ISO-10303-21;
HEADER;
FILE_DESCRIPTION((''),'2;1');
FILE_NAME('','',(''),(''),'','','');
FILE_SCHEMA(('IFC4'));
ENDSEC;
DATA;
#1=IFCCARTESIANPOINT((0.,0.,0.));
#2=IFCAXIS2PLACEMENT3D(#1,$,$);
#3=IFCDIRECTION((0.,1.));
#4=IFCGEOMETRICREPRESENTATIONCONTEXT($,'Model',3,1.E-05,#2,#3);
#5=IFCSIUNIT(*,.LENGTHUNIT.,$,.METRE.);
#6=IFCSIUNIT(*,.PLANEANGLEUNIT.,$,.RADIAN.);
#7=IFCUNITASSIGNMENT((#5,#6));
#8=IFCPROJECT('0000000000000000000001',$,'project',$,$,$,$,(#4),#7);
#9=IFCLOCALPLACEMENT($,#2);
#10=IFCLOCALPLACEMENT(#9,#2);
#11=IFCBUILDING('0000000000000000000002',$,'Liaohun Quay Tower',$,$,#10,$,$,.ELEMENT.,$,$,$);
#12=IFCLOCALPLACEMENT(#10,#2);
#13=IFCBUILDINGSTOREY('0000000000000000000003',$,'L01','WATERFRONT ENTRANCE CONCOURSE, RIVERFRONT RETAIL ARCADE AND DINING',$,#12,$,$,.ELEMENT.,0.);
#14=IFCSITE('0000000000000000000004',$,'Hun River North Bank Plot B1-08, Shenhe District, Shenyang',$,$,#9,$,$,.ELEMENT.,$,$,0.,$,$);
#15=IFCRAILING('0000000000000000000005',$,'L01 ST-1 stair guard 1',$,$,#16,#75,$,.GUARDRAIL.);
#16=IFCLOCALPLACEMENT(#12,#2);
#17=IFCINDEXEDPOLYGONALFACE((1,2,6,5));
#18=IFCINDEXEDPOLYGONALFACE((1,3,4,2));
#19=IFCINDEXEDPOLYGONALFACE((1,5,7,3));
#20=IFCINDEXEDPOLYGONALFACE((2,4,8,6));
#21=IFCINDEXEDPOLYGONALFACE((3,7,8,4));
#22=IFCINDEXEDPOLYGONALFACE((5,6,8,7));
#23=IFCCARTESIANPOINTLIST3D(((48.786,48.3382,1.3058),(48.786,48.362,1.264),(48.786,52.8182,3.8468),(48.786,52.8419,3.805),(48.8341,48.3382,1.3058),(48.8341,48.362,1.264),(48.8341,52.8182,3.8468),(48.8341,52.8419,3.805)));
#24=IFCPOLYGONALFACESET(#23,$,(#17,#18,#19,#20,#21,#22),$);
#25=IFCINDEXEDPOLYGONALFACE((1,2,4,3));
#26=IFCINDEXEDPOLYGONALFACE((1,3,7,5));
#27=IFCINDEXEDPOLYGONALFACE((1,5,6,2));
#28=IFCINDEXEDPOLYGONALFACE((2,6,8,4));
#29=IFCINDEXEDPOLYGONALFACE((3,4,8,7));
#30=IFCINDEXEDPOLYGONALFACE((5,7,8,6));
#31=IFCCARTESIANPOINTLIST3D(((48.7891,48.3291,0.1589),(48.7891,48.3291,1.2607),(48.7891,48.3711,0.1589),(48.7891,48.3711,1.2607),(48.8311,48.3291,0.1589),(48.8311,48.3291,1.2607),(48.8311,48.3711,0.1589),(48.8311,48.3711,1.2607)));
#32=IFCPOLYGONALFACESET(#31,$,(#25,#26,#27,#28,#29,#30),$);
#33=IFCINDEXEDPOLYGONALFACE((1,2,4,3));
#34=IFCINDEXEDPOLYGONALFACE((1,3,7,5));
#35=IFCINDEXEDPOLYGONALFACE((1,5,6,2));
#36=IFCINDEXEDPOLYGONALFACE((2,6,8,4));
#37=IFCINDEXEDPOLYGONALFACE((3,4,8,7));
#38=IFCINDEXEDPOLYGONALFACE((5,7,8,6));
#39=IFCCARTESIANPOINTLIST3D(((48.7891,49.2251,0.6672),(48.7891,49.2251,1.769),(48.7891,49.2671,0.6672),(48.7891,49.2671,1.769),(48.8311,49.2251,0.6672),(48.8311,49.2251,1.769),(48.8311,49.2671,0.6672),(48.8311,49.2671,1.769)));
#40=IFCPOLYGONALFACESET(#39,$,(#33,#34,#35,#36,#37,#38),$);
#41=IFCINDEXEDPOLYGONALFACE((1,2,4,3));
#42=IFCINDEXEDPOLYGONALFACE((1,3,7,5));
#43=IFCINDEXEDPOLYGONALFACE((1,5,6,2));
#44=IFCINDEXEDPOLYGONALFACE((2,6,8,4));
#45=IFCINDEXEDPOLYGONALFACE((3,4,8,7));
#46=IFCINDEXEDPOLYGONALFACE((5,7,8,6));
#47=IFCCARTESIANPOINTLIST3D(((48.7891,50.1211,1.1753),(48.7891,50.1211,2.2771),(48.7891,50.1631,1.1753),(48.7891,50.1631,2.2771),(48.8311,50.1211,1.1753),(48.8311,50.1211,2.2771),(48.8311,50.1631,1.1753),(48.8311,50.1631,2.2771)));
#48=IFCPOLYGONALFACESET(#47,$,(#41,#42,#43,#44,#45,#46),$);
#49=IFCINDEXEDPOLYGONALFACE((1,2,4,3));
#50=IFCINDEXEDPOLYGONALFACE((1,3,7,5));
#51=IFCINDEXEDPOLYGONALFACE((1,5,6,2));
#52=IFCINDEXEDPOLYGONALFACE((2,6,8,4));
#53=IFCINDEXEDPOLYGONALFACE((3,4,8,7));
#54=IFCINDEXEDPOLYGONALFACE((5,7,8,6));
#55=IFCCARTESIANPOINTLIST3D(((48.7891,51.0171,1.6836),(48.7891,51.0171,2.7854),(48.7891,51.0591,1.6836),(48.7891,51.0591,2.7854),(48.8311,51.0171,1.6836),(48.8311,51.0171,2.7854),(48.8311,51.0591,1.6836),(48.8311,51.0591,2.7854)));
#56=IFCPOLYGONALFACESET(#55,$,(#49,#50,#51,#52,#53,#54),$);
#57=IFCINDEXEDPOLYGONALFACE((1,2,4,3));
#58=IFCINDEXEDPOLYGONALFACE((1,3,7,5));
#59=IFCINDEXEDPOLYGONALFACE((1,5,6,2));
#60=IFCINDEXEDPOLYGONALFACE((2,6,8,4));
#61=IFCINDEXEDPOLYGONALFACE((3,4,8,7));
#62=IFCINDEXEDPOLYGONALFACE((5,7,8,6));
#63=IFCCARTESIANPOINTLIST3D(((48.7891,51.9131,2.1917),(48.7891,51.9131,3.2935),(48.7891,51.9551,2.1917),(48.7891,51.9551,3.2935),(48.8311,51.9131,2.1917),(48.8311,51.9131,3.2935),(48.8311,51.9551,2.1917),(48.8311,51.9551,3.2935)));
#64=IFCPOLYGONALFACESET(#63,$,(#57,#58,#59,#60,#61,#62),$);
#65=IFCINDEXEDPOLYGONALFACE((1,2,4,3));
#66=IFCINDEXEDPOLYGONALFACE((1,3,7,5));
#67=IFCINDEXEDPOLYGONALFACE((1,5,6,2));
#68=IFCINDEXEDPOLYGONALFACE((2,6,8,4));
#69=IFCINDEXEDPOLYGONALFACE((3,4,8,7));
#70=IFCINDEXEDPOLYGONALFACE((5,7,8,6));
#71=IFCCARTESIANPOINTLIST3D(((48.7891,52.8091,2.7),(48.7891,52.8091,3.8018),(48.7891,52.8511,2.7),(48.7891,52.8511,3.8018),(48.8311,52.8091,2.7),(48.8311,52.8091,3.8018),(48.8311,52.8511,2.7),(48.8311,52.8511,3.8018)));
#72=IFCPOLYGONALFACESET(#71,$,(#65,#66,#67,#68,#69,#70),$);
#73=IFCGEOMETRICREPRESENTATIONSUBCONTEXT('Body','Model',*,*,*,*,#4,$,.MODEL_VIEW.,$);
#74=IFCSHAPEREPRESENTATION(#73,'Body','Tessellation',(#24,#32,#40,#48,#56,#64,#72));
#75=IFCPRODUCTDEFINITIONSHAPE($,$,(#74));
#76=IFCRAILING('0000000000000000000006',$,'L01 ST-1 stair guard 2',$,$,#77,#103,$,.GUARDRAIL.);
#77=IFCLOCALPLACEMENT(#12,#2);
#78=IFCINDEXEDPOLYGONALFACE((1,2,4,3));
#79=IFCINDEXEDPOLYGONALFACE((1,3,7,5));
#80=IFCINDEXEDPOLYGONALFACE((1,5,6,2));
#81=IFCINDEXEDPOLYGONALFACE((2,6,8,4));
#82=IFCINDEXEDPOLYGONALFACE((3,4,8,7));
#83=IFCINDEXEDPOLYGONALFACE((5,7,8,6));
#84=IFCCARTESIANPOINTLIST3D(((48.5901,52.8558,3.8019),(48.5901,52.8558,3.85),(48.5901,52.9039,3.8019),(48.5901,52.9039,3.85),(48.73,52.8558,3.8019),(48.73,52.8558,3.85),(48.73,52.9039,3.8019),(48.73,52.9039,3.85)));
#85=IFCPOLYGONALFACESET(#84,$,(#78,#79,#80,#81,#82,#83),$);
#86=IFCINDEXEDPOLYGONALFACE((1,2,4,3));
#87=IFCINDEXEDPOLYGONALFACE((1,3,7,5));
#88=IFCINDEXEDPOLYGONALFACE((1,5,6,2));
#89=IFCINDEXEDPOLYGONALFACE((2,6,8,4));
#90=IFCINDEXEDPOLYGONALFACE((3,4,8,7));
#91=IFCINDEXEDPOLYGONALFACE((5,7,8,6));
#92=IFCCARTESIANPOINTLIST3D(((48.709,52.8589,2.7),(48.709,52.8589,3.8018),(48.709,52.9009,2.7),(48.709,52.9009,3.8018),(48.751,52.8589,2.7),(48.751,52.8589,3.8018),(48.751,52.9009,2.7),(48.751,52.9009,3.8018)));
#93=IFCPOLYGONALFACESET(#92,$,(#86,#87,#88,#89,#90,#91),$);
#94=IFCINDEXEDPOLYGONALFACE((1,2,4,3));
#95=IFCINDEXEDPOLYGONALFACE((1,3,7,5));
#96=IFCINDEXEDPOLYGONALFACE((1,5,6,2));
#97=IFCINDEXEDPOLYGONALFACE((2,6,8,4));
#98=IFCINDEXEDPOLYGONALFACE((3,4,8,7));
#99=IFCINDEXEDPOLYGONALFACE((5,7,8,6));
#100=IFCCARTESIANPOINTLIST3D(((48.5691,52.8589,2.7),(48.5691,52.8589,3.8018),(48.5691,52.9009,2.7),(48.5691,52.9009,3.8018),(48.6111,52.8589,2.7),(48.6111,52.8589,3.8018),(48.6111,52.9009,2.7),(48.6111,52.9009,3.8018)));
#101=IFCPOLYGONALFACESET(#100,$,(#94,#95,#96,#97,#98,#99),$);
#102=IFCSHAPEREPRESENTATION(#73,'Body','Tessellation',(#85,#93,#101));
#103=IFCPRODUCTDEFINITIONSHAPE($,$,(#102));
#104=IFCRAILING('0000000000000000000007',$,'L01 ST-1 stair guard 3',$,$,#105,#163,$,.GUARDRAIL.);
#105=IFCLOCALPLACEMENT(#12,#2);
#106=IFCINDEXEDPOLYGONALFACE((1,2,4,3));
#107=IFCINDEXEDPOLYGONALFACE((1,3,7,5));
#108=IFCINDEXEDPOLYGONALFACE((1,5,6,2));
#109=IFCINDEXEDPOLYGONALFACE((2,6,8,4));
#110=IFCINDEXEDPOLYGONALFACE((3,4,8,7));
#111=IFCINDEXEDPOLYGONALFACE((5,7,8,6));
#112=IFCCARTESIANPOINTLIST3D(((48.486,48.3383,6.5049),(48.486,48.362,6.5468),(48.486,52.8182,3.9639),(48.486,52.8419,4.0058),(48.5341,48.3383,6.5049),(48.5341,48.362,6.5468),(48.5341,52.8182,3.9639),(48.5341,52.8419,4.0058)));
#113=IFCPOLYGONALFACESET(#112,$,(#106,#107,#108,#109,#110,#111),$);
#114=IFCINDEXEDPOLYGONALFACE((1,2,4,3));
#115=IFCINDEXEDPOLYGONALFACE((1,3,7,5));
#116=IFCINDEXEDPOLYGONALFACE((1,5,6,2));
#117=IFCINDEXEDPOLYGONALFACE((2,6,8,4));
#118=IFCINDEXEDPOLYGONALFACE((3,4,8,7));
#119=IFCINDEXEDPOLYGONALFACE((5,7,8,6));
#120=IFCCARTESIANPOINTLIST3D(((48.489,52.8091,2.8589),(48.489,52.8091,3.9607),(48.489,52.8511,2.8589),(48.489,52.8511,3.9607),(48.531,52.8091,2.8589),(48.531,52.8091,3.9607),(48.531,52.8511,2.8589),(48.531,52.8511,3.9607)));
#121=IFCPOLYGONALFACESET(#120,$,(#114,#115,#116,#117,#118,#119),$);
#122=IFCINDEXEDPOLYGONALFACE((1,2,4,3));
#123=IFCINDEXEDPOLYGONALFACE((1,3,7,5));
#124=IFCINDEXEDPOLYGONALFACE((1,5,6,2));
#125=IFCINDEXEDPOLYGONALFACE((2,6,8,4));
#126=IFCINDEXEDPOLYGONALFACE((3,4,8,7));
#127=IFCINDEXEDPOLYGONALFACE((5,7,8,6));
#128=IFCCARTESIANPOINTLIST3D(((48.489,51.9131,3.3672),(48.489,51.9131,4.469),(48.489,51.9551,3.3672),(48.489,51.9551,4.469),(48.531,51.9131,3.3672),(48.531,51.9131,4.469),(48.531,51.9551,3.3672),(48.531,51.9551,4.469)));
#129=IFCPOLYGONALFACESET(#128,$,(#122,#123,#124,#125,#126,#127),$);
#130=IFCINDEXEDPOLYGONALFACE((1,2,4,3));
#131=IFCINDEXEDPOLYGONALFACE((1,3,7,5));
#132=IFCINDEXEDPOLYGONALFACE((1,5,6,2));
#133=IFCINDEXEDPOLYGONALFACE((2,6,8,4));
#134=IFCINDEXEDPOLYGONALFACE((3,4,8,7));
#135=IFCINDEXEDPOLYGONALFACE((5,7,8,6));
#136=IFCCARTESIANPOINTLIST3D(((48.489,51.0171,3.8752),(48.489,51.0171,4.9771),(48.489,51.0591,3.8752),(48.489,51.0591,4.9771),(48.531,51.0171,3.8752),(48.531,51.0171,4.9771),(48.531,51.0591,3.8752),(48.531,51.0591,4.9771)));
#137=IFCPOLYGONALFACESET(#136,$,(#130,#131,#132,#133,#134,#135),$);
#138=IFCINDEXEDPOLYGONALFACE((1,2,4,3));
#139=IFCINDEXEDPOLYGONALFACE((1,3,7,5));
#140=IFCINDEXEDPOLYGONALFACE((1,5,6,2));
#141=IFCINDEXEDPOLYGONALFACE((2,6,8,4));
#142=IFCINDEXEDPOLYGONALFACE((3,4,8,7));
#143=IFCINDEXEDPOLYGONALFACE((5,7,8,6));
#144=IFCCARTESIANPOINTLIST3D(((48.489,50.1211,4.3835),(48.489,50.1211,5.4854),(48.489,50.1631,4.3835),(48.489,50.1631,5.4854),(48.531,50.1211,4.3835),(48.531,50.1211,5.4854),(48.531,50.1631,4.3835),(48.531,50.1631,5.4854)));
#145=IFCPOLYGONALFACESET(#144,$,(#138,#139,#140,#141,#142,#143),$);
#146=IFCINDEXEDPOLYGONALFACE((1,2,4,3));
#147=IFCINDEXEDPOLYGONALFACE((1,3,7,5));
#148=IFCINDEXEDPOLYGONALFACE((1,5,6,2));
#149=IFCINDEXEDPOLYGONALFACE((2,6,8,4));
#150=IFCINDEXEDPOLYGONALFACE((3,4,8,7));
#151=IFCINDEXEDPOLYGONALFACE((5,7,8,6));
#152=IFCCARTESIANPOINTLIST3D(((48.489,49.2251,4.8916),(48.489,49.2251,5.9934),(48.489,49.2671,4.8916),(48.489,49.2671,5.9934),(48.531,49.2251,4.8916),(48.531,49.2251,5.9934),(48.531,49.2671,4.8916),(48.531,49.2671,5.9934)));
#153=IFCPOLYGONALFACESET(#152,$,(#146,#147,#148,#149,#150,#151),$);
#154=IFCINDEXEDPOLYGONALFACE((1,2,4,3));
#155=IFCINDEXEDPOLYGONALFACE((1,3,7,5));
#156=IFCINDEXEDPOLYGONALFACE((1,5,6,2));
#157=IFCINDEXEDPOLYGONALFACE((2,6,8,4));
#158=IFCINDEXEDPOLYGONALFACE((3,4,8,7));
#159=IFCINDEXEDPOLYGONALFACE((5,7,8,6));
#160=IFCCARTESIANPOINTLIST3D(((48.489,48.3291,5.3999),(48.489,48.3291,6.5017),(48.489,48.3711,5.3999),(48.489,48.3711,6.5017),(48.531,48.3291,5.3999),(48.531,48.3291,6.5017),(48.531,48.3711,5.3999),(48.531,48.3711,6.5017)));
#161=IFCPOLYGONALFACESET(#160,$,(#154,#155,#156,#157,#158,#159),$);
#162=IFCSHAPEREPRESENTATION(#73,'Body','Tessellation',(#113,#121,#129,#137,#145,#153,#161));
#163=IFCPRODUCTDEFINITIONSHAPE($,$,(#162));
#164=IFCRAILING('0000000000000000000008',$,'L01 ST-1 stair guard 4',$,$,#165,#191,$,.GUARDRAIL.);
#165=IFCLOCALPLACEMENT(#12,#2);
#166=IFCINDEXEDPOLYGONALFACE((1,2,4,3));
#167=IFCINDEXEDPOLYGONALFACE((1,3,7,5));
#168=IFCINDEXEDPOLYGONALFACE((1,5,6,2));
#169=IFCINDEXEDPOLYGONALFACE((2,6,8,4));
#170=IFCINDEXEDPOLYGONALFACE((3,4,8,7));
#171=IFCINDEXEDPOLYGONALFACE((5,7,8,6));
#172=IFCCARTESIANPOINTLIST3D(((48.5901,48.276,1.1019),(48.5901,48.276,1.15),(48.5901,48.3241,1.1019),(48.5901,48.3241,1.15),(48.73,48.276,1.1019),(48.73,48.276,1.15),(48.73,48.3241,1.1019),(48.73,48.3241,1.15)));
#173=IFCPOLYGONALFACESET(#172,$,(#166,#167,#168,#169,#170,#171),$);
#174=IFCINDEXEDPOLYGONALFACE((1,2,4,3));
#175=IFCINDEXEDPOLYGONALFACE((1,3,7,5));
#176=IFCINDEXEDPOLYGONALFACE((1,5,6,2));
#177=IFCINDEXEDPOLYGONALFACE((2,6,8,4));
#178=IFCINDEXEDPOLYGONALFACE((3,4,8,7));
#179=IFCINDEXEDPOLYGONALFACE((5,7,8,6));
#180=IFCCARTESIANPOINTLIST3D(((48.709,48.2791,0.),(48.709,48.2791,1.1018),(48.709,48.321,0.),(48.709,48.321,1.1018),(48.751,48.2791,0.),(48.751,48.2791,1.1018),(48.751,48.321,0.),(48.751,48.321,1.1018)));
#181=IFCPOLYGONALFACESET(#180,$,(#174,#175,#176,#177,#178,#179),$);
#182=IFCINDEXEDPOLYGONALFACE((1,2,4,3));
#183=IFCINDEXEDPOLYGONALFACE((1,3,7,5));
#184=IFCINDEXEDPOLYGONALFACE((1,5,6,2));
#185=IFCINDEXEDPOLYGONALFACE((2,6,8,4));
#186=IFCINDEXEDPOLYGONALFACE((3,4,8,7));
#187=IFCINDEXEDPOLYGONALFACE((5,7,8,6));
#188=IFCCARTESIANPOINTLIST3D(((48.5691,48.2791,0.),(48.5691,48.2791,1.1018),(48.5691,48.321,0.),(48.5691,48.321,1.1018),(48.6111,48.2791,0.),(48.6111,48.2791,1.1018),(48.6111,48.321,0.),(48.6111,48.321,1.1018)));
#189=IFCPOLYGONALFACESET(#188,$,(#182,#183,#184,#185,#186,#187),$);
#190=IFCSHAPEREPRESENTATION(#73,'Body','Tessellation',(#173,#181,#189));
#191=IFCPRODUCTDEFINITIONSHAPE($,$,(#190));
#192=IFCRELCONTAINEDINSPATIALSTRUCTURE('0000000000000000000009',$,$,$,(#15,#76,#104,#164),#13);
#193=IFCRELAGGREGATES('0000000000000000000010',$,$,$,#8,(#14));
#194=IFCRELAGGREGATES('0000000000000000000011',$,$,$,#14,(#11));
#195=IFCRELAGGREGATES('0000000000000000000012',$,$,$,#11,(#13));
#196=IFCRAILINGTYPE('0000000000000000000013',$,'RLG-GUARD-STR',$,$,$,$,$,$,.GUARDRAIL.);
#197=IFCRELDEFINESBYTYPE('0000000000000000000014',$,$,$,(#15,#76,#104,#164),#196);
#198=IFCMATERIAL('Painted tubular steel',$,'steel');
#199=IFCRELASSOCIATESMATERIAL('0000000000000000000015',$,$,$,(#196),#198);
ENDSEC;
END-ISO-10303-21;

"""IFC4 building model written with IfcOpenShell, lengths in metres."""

from ifc_helpers import new_model, si_unit, direction, frame, origin, origin_2d, place, context, subcontext, project, spatial, rectangle, extrude, material, type_object, element, save


model = new_model("IFC4")

# Units and contexts
model_context = context("Model", 3, precision=1e-05, world=origin(), true_north=direction((0.0, 1.0)))
body_context = subcontext(model_context, "Body", "Model", "MODEL_VIEW")
ifc_project = project(units=[si_unit("LENGTHUNIT", "METRE"), si_unit("PLANEANGLEUNIT", "RADIAN")], contexts=[model_context])

# Site, building, storey
site_placement = place(None, origin())
site = spatial("IfcSite", under=ifc_project, at=site_placement, Name="Hun River North Bank Plot B1-08, Shenhe District, Shenyang", CompositionType="ELEMENT", RefElevation=0.0)
building_placement = place(site_placement, origin())
building = spatial("IfcBuilding", under=site, at=building_placement, Name="Liaohun Quay Tower", CompositionType="ELEMENT")
storey_placement = place(building_placement, origin())
storey = spatial("IfcBuildingStorey", under=building, at=storey_placement, Name="L01", Description="WATERFRONT ENTRANCE CONCOURSE, RIVERFRONT RETAIL ARCADE AND DINING", CompositionType="ELEMENT", Elevation=0.0)

# Railings
ifc_material_1 = material(Name="Painted tubular steel", Category="steel")
railing_type_1 = type_object("IfcRailingType", Name="RLG-GUARD-STR", PredefinedType="GUARDRAIL", material=ifc_material_1)
railing_1_placement = place(storey_placement, frame((48.8101, 48.3501, 0.1589)))
element("IfcRailing", 1, at=railing_1_placement, inside=storey, type_object=railing_type_1, Name="L01 ST-1 stair guard 1", PredefinedType="GUARDRAIL", context=body_context, shape_type="SweptSolid", body=[
    extrude(rectangle(XDim=0.0481, YDim=0.0481, at=origin_2d()), frame((0.0, 0.0, 1.126), z_axis=(0.0, 0.869826, 0.493359), x_axis=(-1.0, 0.0, 0.0)), (0.0, 0.0, 1.0), 5.1504),
    extrude(rectangle(XDim=0.042, YDim=0.042, at=origin_2d()), origin(), (0.0, 0.0, 1.0), 1.1018),
    extrude(rectangle(XDim=0.042, YDim=0.042, at=origin_2d()), frame((0.0, 0.896, 0.5083)), (0.0, 0.0, 1.0), 1.1018),
    extrude(rectangle(XDim=0.042, YDim=0.042, at=origin_2d()), frame((0.0, 1.792, 1.0164)), (0.0, 0.0, 1.0), 1.1018),
    extrude(rectangle(XDim=0.042, YDim=0.042, at=origin_2d()), frame((0.0, 2.688, 1.5247)), (0.0, 0.0, 1.0), 1.1018),
    extrude(rectangle(XDim=0.042, YDim=0.042, at=origin_2d()), frame((0.0, 3.584, 2.0327)), (0.0, 0.0, 1.0), 1.1018),
    extrude(rectangle(XDim=0.042, YDim=0.042, at=origin_2d()), frame((0.0, 4.48, 2.541)), (0.0, 0.0, 1.0), 1.1018),
])
railing_2_placement = place(storey_placement, frame((48.73, 52.8799, 2.7)))
element("IfcRailing", 2, at=railing_2_placement, inside=storey, type_object=railing_type_1, Name="L01 ST-1 stair guard 2", PredefinedType="GUARDRAIL", context=body_context, shape_type="SweptSolid", body=[
    extrude(rectangle(XDim=0.0481, YDim=0.0481, at=origin_2d()), frame((0.0, 0.0, 1.126), z_axis=(-1.0, 0.0, 0.0), x_axis=(0.0, -1.0, 0.0)), (0.0, 0.0, 1.0), 0.1399),
    extrude(rectangle(XDim=0.042, YDim=0.042, at=origin_2d()), origin(), (0.0, 0.0, 1.0), 1.1018),
    extrude(rectangle(XDim=0.042, YDim=0.042, at=origin_2d()), frame((-0.1399, 0.0, 0.0)), (0.0, 0.0, 1.0), 1.1018),
])
railing_3_placement = place(storey_placement, frame((48.51, 52.8301, 2.8589)))
element("IfcRailing", 3, at=railing_3_placement, inside=storey, type_object=railing_type_1, Name="L01 ST-1 stair guard 3", PredefinedType="GUARDRAIL", context=body_context, shape_type="SweptSolid", body=[
    extrude(rectangle(XDim=0.0481, YDim=0.0481, at=origin_2d()), frame((0.0, 0.0, 1.126), z_axis=(0.0, -0.869826, 0.493359), x_axis=(1.0, 0.0, 0.0)), (0.0, 0.0, 1.0), 5.1504),
    extrude(rectangle(XDim=0.042, YDim=0.042, at=origin_2d()), origin(), (0.0, 0.0, 1.0), 1.1018),
    extrude(rectangle(XDim=0.042, YDim=0.042, at=origin_2d()), frame((0.0, -0.896, 0.5083)), (0.0, 0.0, 1.0), 1.1018),
    extrude(rectangle(XDim=0.042, YDim=0.042, at=origin_2d()), frame((0.0, -1.792, 1.0164)), (0.0, 0.0, 1.0), 1.1018),
    extrude(rectangle(XDim=0.042, YDim=0.042, at=origin_2d()), frame((0.0, -2.688, 1.5247)), (0.0, 0.0, 1.0), 1.1018),
    extrude(rectangle(XDim=0.042, YDim=0.042, at=origin_2d()), frame((0.0, -3.584, 2.0327)), (0.0, 0.0, 1.0), 1.1018),
    extrude(rectangle(XDim=0.042, YDim=0.042, at=origin_2d()), frame((0.0, -4.48, 2.541)), (0.0, 0.0, 1.0), 1.1018),
])
railing_4_placement = place(storey_placement, frame((48.73, 48.3, 0.0)))
element("IfcRailing", 4, at=railing_4_placement, inside=storey, type_object=railing_type_1, Name="L01 ST-1 stair guard 4", PredefinedType="GUARDRAIL", context=body_context, shape_type="SweptSolid", body=[
    extrude(rectangle(XDim=0.0481, YDim=0.0481, at=origin_2d()), frame((0.0, 0.0, 1.126), z_axis=(-1.0, 0.0, 0.0), x_axis=(0.0, -1.0, 0.0)), (0.0, 0.0, 1.0), 0.1399),
    extrude(rectangle(XDim=0.042, YDim=0.042, at=origin_2d()), origin(), (0.0, 0.0, 1.0), 1.1018),
    extrude(rectangle(XDim=0.042, YDim=0.042, at=origin_2d()), frame((-0.1399, 0.0, 0.0)), (0.0, 0.0, 1.0), 1.1018),
])

save(model, "model.ifc")
